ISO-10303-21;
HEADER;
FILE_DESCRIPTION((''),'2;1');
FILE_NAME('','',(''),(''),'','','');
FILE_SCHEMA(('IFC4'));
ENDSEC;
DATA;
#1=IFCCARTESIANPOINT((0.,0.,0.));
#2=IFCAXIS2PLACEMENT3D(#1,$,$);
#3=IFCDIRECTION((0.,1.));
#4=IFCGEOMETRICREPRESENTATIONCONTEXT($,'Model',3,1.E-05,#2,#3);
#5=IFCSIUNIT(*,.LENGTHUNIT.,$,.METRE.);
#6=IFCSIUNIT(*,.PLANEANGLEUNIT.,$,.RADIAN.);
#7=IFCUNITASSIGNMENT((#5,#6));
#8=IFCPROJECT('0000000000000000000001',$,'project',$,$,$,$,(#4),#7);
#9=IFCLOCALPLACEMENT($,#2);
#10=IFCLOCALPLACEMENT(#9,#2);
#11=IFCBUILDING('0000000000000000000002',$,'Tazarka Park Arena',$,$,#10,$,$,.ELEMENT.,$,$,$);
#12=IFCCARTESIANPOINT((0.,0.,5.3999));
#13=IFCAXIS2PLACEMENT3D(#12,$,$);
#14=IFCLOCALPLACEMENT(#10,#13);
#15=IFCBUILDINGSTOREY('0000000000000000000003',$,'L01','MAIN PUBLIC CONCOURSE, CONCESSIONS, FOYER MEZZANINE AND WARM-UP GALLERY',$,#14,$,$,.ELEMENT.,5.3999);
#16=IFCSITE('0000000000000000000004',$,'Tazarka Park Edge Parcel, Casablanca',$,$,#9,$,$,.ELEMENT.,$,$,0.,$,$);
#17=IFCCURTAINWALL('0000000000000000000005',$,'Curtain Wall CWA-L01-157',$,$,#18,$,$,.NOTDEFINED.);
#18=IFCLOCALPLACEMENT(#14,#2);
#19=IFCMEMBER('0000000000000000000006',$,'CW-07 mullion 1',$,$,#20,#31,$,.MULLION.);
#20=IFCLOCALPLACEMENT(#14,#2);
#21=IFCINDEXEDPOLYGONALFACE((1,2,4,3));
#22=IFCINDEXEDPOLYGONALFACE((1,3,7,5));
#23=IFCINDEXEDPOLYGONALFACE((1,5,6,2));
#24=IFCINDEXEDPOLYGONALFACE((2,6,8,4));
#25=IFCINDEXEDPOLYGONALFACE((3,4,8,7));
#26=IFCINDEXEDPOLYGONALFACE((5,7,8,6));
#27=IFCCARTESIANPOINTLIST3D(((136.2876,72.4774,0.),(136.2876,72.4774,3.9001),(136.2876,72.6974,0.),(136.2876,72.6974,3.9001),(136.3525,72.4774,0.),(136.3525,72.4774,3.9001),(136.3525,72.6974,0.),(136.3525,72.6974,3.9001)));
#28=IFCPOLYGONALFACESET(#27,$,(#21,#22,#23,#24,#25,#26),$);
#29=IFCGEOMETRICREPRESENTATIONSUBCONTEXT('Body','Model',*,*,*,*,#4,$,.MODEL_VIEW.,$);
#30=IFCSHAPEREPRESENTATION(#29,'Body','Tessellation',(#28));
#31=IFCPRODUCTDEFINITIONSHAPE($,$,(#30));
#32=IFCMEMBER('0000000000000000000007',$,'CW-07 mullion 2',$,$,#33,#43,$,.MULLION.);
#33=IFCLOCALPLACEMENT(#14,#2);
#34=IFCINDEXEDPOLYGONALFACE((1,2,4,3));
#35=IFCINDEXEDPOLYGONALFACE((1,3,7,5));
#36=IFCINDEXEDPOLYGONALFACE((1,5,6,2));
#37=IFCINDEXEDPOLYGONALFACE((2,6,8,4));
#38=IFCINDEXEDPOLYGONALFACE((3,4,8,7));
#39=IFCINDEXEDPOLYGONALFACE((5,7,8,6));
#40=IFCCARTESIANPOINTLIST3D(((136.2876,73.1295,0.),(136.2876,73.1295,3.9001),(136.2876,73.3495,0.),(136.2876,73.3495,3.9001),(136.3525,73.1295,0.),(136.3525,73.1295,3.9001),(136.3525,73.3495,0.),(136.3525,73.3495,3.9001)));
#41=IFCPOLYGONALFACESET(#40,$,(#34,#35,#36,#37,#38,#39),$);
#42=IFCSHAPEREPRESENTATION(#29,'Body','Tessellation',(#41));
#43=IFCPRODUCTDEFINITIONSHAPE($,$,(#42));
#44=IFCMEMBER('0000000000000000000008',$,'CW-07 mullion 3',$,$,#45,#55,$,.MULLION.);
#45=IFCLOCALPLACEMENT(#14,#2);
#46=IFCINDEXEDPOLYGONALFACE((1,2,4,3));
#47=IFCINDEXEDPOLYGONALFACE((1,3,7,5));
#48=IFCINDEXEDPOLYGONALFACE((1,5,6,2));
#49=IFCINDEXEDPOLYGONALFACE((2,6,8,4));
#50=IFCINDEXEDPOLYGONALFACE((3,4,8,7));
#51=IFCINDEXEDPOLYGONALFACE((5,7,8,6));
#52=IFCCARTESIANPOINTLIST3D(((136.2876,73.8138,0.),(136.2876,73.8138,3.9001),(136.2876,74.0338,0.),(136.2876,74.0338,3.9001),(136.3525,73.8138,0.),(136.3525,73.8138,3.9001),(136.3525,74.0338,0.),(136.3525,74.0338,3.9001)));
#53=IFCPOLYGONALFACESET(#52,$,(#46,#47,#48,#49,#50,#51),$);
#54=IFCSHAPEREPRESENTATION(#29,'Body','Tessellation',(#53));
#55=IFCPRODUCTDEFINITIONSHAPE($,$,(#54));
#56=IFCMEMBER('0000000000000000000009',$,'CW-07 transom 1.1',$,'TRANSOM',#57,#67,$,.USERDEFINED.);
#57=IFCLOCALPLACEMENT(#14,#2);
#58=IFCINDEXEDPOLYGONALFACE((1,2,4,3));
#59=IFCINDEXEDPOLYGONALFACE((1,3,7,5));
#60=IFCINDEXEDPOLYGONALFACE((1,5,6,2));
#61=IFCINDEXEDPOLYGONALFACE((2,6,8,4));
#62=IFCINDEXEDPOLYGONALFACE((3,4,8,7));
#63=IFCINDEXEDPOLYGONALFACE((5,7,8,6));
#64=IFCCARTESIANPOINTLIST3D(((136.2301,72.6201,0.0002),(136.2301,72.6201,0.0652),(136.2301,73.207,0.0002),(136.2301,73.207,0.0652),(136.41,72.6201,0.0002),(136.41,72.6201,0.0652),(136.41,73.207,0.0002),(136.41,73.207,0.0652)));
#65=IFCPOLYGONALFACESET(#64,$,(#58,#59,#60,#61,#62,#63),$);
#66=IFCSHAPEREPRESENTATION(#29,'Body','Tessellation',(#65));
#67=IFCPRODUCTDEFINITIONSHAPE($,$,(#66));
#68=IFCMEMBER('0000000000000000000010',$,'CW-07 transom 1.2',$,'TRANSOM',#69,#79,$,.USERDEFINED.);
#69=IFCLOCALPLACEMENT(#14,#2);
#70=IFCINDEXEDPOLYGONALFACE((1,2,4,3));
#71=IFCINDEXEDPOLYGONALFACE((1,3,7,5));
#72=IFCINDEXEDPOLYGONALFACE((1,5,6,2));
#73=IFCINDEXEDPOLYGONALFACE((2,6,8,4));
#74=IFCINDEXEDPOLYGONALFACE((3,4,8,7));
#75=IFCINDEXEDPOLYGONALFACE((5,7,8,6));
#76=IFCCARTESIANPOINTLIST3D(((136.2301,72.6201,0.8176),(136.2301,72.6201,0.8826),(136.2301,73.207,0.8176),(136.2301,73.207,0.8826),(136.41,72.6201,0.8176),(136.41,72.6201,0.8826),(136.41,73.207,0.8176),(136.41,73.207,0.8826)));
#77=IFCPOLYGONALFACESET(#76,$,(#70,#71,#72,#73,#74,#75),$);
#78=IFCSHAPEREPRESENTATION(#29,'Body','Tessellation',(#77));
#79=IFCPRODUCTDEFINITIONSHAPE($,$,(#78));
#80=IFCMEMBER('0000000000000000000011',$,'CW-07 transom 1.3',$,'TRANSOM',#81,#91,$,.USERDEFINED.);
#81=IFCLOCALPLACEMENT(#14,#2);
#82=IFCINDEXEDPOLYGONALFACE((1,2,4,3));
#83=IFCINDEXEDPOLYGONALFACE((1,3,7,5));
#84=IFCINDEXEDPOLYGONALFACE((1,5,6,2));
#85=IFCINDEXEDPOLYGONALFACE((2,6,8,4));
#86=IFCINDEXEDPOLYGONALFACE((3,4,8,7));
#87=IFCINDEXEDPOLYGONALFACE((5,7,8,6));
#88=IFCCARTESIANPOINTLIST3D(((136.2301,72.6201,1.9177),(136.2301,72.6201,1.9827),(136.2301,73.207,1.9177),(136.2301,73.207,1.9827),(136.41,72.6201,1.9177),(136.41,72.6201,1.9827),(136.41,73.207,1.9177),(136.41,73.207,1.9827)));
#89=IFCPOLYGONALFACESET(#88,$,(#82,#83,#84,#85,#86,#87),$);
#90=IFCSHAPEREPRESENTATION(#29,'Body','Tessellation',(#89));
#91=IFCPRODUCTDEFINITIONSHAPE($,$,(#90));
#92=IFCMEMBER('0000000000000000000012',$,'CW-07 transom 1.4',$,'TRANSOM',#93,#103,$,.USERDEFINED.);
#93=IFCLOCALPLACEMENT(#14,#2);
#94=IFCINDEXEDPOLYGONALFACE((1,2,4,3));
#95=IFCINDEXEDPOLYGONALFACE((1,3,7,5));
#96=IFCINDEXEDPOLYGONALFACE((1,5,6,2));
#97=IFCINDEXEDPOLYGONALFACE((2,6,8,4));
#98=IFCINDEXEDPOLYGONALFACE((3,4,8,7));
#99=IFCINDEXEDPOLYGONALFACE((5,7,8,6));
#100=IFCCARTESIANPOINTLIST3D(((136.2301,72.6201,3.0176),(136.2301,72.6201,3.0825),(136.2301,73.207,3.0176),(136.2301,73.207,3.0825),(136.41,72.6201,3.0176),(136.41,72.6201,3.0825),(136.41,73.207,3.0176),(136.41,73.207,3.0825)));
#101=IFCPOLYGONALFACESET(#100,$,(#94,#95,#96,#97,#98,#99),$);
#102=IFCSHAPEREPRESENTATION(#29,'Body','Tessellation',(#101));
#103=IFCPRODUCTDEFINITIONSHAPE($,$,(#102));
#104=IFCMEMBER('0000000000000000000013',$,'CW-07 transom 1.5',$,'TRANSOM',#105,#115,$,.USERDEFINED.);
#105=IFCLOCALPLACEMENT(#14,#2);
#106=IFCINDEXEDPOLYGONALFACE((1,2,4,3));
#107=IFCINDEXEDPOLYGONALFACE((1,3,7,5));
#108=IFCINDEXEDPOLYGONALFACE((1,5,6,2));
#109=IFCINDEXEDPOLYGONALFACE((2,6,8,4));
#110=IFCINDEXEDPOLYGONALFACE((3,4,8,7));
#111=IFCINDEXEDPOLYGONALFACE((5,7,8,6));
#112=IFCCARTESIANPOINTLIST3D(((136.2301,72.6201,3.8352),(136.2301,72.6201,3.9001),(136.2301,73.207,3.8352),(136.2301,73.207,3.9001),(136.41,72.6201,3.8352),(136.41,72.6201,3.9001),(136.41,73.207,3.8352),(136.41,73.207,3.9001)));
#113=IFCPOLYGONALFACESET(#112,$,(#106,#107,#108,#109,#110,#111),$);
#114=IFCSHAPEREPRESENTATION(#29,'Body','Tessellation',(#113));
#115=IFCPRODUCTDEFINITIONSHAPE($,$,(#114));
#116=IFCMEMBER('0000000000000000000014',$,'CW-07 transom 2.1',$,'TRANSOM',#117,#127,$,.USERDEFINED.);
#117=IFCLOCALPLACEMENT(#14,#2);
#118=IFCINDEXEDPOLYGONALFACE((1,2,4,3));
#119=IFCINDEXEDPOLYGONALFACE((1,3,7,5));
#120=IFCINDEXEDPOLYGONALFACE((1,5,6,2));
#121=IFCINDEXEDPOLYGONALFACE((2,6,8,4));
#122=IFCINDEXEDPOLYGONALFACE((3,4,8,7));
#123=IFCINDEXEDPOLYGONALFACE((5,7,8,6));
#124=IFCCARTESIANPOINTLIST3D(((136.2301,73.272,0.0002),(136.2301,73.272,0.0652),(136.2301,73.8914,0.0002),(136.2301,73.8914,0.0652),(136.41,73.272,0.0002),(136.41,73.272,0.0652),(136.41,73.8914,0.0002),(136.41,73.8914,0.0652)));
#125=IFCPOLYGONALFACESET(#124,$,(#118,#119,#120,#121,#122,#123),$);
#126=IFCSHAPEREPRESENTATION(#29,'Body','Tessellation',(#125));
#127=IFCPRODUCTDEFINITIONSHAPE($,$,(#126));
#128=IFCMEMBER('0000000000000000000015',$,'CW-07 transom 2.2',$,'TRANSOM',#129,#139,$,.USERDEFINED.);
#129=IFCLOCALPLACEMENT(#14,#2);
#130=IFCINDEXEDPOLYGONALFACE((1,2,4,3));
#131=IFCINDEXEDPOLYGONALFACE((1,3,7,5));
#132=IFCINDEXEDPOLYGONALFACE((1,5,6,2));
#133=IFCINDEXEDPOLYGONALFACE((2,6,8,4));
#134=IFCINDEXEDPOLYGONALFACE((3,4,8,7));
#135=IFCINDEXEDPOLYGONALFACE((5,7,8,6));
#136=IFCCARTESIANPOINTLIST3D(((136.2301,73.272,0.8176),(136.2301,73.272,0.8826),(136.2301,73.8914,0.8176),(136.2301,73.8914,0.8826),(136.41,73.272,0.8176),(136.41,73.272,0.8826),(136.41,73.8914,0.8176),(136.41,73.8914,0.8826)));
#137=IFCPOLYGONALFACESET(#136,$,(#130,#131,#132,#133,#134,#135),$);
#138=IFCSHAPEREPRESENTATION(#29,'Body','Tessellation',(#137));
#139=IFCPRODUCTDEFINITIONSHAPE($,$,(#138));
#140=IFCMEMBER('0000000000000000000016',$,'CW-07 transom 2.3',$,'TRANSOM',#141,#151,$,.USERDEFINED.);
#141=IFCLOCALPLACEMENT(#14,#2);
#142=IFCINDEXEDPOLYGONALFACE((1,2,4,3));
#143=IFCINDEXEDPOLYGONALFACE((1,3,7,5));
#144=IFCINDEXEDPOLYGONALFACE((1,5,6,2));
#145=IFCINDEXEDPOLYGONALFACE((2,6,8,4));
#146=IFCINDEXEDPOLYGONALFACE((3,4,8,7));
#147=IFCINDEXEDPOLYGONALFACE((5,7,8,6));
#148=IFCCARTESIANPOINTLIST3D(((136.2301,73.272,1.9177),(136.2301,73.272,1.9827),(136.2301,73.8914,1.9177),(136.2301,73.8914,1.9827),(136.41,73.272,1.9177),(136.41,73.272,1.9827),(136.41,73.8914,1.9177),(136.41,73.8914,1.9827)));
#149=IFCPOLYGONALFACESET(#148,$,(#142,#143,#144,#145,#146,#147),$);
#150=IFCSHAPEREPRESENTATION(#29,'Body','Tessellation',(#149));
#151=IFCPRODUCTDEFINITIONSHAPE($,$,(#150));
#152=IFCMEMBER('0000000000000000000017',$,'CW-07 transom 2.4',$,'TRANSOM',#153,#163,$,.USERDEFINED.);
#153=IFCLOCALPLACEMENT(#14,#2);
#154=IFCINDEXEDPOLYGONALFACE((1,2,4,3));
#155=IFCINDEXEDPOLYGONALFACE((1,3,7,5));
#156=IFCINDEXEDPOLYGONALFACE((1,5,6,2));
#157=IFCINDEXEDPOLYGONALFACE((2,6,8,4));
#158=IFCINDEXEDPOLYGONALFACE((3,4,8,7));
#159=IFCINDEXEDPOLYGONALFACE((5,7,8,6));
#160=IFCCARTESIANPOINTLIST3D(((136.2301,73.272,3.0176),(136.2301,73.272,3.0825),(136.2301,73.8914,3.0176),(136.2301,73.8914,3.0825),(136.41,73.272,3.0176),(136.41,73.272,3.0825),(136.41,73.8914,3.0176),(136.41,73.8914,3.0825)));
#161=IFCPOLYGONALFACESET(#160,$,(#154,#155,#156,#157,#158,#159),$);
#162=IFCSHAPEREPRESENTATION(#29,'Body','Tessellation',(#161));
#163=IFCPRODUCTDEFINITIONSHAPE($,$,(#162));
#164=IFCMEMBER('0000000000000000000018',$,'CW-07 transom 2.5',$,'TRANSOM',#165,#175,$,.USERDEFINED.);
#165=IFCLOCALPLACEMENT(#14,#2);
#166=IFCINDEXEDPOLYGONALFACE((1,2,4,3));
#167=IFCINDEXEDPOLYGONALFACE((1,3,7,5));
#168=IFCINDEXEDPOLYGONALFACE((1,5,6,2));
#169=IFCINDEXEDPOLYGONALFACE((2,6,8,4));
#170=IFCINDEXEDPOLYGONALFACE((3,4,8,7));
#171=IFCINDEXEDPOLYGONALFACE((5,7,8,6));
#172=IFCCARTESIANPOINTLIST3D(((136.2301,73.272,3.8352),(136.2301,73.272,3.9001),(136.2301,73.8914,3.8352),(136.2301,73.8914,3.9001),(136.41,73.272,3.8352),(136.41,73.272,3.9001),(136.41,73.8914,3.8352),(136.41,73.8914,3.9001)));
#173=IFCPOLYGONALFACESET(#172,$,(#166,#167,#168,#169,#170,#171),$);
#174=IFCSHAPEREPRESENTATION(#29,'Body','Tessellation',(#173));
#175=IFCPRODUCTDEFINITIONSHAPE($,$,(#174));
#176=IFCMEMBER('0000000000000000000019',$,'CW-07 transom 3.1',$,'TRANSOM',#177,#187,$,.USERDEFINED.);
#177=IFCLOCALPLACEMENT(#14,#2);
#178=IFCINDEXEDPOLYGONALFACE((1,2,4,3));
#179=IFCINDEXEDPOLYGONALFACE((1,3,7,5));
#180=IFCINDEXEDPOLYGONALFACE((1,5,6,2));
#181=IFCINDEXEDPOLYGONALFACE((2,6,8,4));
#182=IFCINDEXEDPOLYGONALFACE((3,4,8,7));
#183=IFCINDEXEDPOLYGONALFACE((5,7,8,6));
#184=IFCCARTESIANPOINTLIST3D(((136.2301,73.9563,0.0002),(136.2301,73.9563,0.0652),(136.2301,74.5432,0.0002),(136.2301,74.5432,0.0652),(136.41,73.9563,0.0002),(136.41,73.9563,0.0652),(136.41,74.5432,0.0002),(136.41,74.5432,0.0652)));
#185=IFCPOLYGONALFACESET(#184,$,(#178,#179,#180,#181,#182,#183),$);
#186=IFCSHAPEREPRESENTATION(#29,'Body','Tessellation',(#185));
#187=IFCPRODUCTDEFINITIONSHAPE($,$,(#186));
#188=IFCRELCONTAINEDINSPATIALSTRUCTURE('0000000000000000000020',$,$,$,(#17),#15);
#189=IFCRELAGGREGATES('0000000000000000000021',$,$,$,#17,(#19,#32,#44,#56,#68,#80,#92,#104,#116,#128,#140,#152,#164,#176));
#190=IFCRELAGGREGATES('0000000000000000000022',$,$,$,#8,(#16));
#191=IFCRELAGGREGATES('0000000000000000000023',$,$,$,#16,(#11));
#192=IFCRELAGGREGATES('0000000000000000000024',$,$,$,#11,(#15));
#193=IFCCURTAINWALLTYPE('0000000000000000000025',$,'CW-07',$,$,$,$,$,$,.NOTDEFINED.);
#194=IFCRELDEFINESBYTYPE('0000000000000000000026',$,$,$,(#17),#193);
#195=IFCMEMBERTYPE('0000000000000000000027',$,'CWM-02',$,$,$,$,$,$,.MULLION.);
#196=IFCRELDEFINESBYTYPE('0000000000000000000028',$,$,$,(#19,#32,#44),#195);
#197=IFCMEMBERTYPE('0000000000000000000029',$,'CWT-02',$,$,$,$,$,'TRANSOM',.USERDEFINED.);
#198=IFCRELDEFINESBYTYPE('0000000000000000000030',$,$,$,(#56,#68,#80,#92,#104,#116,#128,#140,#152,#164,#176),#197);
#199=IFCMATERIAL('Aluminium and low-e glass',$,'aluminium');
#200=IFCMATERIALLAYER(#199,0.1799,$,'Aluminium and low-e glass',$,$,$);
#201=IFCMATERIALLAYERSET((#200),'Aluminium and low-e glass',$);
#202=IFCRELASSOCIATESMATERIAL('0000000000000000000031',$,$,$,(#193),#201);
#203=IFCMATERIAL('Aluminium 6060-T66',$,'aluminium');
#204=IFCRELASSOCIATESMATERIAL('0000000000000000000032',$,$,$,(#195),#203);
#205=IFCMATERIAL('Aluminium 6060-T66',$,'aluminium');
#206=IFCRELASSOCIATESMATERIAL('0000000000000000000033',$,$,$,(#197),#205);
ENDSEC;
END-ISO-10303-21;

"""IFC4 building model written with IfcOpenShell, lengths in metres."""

from ifc_helpers import new_model, si_unit, direction, frame, origin, origin_2d, place, context, subcontext, project, spatial, rectangle, extrude, material, layer, layer_set, material_profile, profile_set, type_object, element, aggregate, save


model = new_model("IFC4")

# Units and contexts
model_context = context("Model", 3, precision=1e-05, world=origin(), true_north=direction((0.0, 1.0)))
body_context = subcontext(model_context, "Body", "Model", "MODEL_VIEW")
ifc_project = project(units=[si_unit("LENGTHUNIT", "METRE"), si_unit("PLANEANGLEUNIT", "RADIAN")], contexts=[model_context])

# Site, building, storey
site_placement = place(None, origin())
site = spatial("IfcSite", under=ifc_project, at=site_placement, Name="Tazarka Park Edge Parcel, Casablanca", CompositionType="ELEMENT", RefElevation=0.0)
building_placement = place(site_placement, origin())
building = spatial("IfcBuilding", under=site, at=building_placement, Name="Tazarka Park Arena", CompositionType="ELEMENT")
storey_placement = place(building_placement, frame((0.0, 0.0, 5.3999)))
storey = spatial("IfcBuildingStorey", under=building, at=storey_placement, Name="L01", Description="MAIN PUBLIC CONCOURSE, CONCESSIONS, FOYER MEZZANINE AND WARM-UP GALLERY", CompositionType="ELEMENT", Elevation=5.3999)

# Curtain wall, members
ifc_material_1 = material(Name="Aluminium and low-e glass", Category="aluminium")
ifc_layer_1 = layer(ifc_material_1, 0.1799, Name="Aluminium and low-e glass")
ifc_layer_set_1 = layer_set([ifc_layer_1], Name="Aluminium and low-e glass")
curtain_wall_type = type_object("IfcCurtainWallType", Name="CW-07", PredefinedType="NOTDEFINED", material=ifc_layer_set_1)
curtain_wall_placement = place(storey_placement, origin())
curtain_wall = element("IfcCurtainWall", 1, at=curtain_wall_placement, inside=storey, type_object=curtain_wall_type, Name="Curtain Wall CWA-L01-157", PredefinedType="NOTDEFINED")
ifc_material_2 = material(Name="Aluminium 6060-T66", Category="aluminium")
ifc_material_profile_1 = material_profile(ifc_material_2, rectangle(XDim=0.0649, YDim=0.22, at=origin_2d()), Name="Aluminium 6060-T66")
ifc_profile_set_1 = profile_set([ifc_material_profile_1], Name="Aluminium 6060-T66")
member_type_1 = type_object("IfcMemberType", Name="CWM-02", PredefinedType="MULLION", material=ifc_profile_set_1)
member_1_placement = place(storey_placement, frame((136.3201, 72.5874, 0.0), z_axis=(0.0, 0.0, 1.0), x_axis=(-1.0, 0.0, 0.0)))
member_1 = element("IfcMember", 2, at=member_1_placement, type_object=member_type_1, Name="CW-07 mullion 1", PredefinedType="MULLION", context=body_context, shape_type="SweptSolid", body=[
    extrude(rectangle(XDim=0.0649, YDim=0.22, at=origin_2d()), origin(), (0.0, 0.0, 1.0), 3.9001),
])
member_2_placement = place(storey_placement, frame((136.3201, 73.2395, 0.0), z_axis=(0.0, 0.0, 1.0), x_axis=(-1.0, 0.0, 0.0)))
member_2 = element("IfcMember", 3, at=member_2_placement, type_object=member_type_1, Name="CW-07 mullion 2", PredefinedType="MULLION", context=body_context, shape_type="SweptSolid", body=[
    extrude(rectangle(XDim=0.0649, YDim=0.22, at=origin_2d()), origin(), (0.0, 0.0, 1.0), 3.9001),
])
member_3_placement = place(storey_placement, frame((136.3201, 73.9238, 0.0), z_axis=(0.0, 0.0, 1.0), x_axis=(-1.0, 0.0, 0.0)))
member_3 = element("IfcMember", 4, at=member_3_placement, type_object=member_type_1, Name="CW-07 mullion 3", PredefinedType="MULLION", context=body_context, shape_type="SweptSolid", body=[
    extrude(rectangle(XDim=0.0649, YDim=0.22, at=origin_2d()), origin(), (0.0, 0.0, 1.0), 3.9001),
])
ifc_material_3 = material(Name="Aluminium 6060-T66", Category="aluminium")
ifc_material_profile_2 = material_profile(ifc_material_3, rectangle(XDim=0.1799, YDim=0.0649, at=origin_2d()), Name="Aluminium 6060-T66")
ifc_profile_set_2 = profile_set([ifc_material_profile_2], Name="Aluminium 6060-T66")
member_type_2 = type_object("IfcMemberType", Name="CWT-02", ElementType="TRANSOM", PredefinedType="USERDEFINED", material=ifc_profile_set_2)
member_4_placement = place(storey_placement, frame((136.3201, 72.6201, 0.0327), z_axis=(0.0, 1.0, 0.0), x_axis=(-1.0, 0.0, 0.0)))
member_4 = element("IfcMember", 5, at=member_4_placement, type_object=member_type_2, Name="CW-07 transom 1.1", ObjectType="TRANSOM", PredefinedType="USERDEFINED", context=body_context, shape_type="SweptSolid", body=[
    extrude(rectangle(XDim=0.1799, YDim=0.0649, at=origin_2d()), origin(), (0.0, 0.0, 1.0), 0.5869),
])
member_5_placement = place(storey_placement, frame((136.3201, 72.6201, 0.8501), z_axis=(0.0, 1.0, 0.0), x_axis=(-1.0, 0.0, 0.0)))
member_5 = element("IfcMember", 6, at=member_5_placement, type_object=member_type_2, Name="CW-07 transom 1.2", ObjectType="TRANSOM", PredefinedType="USERDEFINED", context=body_context, shape_type="SweptSolid", body=[
    extrude(rectangle(XDim=0.1799, YDim=0.0649, at=origin_2d()), origin(), (0.0, 0.0, 1.0), 0.5869),
])
member_6_placement = place(storey_placement, frame((136.3201, 72.6201, 1.9502), z_axis=(0.0, 1.0, 0.0), x_axis=(-1.0, 0.0, 0.0)))
member_6 = element("IfcMember", 7, at=member_6_placement, type_object=member_type_2, Name="CW-07 transom 1.3", ObjectType="TRANSOM", PredefinedType="USERDEFINED", context=body_context, shape_type="SweptSolid", body=[
    extrude(rectangle(XDim=0.1799, YDim=0.0649, at=origin_2d()), origin(), (0.0, 0.0, 1.0), 0.5869),
])
member_7_placement = place(storey_placement, frame((136.3201, 72.6201, 3.05), z_axis=(0.0, 1.0, 0.0), x_axis=(-1.0, 0.0, 0.0)))
member_7 = element("IfcMember", 8, at=member_7_placement, type_object=member_type_2, Name="CW-07 transom 1.4", ObjectType="TRANSOM", PredefinedType="USERDEFINED", context=body_context, shape_type="SweptSolid", body=[
    extrude(rectangle(XDim=0.1799, YDim=0.0649, at=origin_2d()), origin(), (0.0, 0.0, 1.0), 0.5869),
])
member_8_placement = place(storey_placement, frame((136.3201, 72.6201, 3.8677), z_axis=(0.0, 1.0, 0.0), x_axis=(-1.0, 0.0, 0.0)))
member_8 = element("IfcMember", 9, at=member_8_placement, type_object=member_type_2, Name="CW-07 transom 1.5", ObjectType="TRANSOM", PredefinedType="USERDEFINED", context=body_context, shape_type="SweptSolid", body=[
    extrude(rectangle(XDim=0.1799, YDim=0.0649, at=origin_2d()), origin(), (0.0, 0.0, 1.0), 0.5869),
])
member_9_placement = place(storey_placement, frame((136.3201, 73.272, 0.0327), z_axis=(0.0, 1.0, 0.0), x_axis=(-1.0, 0.0, 0.0)))
member_9 = element("IfcMember", 10, at=member_9_placement, type_object=member_type_2, Name="CW-07 transom 2.1", ObjectType="TRANSOM", PredefinedType="USERDEFINED", context=body_context, shape_type="SweptSolid", body=[
    extrude(rectangle(XDim=0.1799, YDim=0.0649, at=origin_2d()), origin(), (0.0, 0.0, 1.0), 0.6194),
])
member_10_placement = place(storey_placement, frame((136.3201, 73.272, 0.8501), z_axis=(0.0, 1.0, 0.0), x_axis=(-1.0, 0.0, 0.0)))
member_10 = element("IfcMember", 11, at=member_10_placement, type_object=member_type_2, Name="CW-07 transom 2.2", ObjectType="TRANSOM", PredefinedType="USERDEFINED", context=body_context, shape_type="SweptSolid", body=[
    extrude(rectangle(XDim=0.1799, YDim=0.0649, at=origin_2d()), origin(), (0.0, 0.0, 1.0), 0.6194),
])
member_11_placement = place(storey_placement, frame((136.3201, 73.272, 1.9502), z_axis=(0.0, 1.0, 0.0), x_axis=(-1.0, 0.0, 0.0)))
member_11 = element("IfcMember", 12, at=member_11_placement, type_object=member_type_2, Name="CW-07 transom 2.3", ObjectType="TRANSOM", PredefinedType="USERDEFINED", context=body_context, shape_type="SweptSolid", body=[
    extrude(rectangle(XDim=0.1799, YDim=0.0649, at=origin_2d()), origin(), (0.0, 0.0, 1.0), 0.6194),
])
member_12_placement = place(storey_placement, frame((136.3201, 73.272, 3.05), z_axis=(0.0, 1.0, 0.0), x_axis=(-1.0, 0.0, 0.0)))
member_12 = element("IfcMember", 13, at=member_12_placement, type_object=member_type_2, Name="CW-07 transom 2.4", ObjectType="TRANSOM", PredefinedType="USERDEFINED", context=body_context, shape_type="SweptSolid", body=[
    extrude(rectangle(XDim=0.1799, YDim=0.0649, at=origin_2d()), origin(), (0.0, 0.0, 1.0), 0.6194),
])
member_13_placement = place(storey_placement, frame((136.3201, 73.272, 3.8677), z_axis=(0.0, 1.0, 0.0), x_axis=(-1.0, 0.0, 0.0)))
member_13 = element("IfcMember", 14, at=member_13_placement, type_object=member_type_2, Name="CW-07 transom 2.5", ObjectType="TRANSOM", PredefinedType="USERDEFINED", context=body_context, shape_type="SweptSolid", body=[
    extrude(rectangle(XDim=0.1799, YDim=0.0649, at=origin_2d()), origin(), (0.0, 0.0, 1.0), 0.6194),
])
member_14_placement = place(storey_placement, frame((136.3201, 73.9563, 0.0327), z_axis=(0.0, 1.0, 0.0), x_axis=(-1.0, 0.0, 0.0)))
member_14 = element("IfcMember", 15, at=member_14_placement, type_object=member_type_2, Name="CW-07 transom 3.1", ObjectType="TRANSOM", PredefinedType="USERDEFINED", context=body_context, shape_type="SweptSolid", body=[
    extrude(rectangle(XDim=0.1799, YDim=0.0649, at=origin_2d()), origin(), (0.0, 0.0, 1.0), 0.5869),
])
aggregate(curtain_wall, [member_1, member_2, member_3, member_4, member_5, member_6, member_7, member_8, member_9, member_10, member_11, member_12, member_13, member_14])

save(model, "model.ifc")
